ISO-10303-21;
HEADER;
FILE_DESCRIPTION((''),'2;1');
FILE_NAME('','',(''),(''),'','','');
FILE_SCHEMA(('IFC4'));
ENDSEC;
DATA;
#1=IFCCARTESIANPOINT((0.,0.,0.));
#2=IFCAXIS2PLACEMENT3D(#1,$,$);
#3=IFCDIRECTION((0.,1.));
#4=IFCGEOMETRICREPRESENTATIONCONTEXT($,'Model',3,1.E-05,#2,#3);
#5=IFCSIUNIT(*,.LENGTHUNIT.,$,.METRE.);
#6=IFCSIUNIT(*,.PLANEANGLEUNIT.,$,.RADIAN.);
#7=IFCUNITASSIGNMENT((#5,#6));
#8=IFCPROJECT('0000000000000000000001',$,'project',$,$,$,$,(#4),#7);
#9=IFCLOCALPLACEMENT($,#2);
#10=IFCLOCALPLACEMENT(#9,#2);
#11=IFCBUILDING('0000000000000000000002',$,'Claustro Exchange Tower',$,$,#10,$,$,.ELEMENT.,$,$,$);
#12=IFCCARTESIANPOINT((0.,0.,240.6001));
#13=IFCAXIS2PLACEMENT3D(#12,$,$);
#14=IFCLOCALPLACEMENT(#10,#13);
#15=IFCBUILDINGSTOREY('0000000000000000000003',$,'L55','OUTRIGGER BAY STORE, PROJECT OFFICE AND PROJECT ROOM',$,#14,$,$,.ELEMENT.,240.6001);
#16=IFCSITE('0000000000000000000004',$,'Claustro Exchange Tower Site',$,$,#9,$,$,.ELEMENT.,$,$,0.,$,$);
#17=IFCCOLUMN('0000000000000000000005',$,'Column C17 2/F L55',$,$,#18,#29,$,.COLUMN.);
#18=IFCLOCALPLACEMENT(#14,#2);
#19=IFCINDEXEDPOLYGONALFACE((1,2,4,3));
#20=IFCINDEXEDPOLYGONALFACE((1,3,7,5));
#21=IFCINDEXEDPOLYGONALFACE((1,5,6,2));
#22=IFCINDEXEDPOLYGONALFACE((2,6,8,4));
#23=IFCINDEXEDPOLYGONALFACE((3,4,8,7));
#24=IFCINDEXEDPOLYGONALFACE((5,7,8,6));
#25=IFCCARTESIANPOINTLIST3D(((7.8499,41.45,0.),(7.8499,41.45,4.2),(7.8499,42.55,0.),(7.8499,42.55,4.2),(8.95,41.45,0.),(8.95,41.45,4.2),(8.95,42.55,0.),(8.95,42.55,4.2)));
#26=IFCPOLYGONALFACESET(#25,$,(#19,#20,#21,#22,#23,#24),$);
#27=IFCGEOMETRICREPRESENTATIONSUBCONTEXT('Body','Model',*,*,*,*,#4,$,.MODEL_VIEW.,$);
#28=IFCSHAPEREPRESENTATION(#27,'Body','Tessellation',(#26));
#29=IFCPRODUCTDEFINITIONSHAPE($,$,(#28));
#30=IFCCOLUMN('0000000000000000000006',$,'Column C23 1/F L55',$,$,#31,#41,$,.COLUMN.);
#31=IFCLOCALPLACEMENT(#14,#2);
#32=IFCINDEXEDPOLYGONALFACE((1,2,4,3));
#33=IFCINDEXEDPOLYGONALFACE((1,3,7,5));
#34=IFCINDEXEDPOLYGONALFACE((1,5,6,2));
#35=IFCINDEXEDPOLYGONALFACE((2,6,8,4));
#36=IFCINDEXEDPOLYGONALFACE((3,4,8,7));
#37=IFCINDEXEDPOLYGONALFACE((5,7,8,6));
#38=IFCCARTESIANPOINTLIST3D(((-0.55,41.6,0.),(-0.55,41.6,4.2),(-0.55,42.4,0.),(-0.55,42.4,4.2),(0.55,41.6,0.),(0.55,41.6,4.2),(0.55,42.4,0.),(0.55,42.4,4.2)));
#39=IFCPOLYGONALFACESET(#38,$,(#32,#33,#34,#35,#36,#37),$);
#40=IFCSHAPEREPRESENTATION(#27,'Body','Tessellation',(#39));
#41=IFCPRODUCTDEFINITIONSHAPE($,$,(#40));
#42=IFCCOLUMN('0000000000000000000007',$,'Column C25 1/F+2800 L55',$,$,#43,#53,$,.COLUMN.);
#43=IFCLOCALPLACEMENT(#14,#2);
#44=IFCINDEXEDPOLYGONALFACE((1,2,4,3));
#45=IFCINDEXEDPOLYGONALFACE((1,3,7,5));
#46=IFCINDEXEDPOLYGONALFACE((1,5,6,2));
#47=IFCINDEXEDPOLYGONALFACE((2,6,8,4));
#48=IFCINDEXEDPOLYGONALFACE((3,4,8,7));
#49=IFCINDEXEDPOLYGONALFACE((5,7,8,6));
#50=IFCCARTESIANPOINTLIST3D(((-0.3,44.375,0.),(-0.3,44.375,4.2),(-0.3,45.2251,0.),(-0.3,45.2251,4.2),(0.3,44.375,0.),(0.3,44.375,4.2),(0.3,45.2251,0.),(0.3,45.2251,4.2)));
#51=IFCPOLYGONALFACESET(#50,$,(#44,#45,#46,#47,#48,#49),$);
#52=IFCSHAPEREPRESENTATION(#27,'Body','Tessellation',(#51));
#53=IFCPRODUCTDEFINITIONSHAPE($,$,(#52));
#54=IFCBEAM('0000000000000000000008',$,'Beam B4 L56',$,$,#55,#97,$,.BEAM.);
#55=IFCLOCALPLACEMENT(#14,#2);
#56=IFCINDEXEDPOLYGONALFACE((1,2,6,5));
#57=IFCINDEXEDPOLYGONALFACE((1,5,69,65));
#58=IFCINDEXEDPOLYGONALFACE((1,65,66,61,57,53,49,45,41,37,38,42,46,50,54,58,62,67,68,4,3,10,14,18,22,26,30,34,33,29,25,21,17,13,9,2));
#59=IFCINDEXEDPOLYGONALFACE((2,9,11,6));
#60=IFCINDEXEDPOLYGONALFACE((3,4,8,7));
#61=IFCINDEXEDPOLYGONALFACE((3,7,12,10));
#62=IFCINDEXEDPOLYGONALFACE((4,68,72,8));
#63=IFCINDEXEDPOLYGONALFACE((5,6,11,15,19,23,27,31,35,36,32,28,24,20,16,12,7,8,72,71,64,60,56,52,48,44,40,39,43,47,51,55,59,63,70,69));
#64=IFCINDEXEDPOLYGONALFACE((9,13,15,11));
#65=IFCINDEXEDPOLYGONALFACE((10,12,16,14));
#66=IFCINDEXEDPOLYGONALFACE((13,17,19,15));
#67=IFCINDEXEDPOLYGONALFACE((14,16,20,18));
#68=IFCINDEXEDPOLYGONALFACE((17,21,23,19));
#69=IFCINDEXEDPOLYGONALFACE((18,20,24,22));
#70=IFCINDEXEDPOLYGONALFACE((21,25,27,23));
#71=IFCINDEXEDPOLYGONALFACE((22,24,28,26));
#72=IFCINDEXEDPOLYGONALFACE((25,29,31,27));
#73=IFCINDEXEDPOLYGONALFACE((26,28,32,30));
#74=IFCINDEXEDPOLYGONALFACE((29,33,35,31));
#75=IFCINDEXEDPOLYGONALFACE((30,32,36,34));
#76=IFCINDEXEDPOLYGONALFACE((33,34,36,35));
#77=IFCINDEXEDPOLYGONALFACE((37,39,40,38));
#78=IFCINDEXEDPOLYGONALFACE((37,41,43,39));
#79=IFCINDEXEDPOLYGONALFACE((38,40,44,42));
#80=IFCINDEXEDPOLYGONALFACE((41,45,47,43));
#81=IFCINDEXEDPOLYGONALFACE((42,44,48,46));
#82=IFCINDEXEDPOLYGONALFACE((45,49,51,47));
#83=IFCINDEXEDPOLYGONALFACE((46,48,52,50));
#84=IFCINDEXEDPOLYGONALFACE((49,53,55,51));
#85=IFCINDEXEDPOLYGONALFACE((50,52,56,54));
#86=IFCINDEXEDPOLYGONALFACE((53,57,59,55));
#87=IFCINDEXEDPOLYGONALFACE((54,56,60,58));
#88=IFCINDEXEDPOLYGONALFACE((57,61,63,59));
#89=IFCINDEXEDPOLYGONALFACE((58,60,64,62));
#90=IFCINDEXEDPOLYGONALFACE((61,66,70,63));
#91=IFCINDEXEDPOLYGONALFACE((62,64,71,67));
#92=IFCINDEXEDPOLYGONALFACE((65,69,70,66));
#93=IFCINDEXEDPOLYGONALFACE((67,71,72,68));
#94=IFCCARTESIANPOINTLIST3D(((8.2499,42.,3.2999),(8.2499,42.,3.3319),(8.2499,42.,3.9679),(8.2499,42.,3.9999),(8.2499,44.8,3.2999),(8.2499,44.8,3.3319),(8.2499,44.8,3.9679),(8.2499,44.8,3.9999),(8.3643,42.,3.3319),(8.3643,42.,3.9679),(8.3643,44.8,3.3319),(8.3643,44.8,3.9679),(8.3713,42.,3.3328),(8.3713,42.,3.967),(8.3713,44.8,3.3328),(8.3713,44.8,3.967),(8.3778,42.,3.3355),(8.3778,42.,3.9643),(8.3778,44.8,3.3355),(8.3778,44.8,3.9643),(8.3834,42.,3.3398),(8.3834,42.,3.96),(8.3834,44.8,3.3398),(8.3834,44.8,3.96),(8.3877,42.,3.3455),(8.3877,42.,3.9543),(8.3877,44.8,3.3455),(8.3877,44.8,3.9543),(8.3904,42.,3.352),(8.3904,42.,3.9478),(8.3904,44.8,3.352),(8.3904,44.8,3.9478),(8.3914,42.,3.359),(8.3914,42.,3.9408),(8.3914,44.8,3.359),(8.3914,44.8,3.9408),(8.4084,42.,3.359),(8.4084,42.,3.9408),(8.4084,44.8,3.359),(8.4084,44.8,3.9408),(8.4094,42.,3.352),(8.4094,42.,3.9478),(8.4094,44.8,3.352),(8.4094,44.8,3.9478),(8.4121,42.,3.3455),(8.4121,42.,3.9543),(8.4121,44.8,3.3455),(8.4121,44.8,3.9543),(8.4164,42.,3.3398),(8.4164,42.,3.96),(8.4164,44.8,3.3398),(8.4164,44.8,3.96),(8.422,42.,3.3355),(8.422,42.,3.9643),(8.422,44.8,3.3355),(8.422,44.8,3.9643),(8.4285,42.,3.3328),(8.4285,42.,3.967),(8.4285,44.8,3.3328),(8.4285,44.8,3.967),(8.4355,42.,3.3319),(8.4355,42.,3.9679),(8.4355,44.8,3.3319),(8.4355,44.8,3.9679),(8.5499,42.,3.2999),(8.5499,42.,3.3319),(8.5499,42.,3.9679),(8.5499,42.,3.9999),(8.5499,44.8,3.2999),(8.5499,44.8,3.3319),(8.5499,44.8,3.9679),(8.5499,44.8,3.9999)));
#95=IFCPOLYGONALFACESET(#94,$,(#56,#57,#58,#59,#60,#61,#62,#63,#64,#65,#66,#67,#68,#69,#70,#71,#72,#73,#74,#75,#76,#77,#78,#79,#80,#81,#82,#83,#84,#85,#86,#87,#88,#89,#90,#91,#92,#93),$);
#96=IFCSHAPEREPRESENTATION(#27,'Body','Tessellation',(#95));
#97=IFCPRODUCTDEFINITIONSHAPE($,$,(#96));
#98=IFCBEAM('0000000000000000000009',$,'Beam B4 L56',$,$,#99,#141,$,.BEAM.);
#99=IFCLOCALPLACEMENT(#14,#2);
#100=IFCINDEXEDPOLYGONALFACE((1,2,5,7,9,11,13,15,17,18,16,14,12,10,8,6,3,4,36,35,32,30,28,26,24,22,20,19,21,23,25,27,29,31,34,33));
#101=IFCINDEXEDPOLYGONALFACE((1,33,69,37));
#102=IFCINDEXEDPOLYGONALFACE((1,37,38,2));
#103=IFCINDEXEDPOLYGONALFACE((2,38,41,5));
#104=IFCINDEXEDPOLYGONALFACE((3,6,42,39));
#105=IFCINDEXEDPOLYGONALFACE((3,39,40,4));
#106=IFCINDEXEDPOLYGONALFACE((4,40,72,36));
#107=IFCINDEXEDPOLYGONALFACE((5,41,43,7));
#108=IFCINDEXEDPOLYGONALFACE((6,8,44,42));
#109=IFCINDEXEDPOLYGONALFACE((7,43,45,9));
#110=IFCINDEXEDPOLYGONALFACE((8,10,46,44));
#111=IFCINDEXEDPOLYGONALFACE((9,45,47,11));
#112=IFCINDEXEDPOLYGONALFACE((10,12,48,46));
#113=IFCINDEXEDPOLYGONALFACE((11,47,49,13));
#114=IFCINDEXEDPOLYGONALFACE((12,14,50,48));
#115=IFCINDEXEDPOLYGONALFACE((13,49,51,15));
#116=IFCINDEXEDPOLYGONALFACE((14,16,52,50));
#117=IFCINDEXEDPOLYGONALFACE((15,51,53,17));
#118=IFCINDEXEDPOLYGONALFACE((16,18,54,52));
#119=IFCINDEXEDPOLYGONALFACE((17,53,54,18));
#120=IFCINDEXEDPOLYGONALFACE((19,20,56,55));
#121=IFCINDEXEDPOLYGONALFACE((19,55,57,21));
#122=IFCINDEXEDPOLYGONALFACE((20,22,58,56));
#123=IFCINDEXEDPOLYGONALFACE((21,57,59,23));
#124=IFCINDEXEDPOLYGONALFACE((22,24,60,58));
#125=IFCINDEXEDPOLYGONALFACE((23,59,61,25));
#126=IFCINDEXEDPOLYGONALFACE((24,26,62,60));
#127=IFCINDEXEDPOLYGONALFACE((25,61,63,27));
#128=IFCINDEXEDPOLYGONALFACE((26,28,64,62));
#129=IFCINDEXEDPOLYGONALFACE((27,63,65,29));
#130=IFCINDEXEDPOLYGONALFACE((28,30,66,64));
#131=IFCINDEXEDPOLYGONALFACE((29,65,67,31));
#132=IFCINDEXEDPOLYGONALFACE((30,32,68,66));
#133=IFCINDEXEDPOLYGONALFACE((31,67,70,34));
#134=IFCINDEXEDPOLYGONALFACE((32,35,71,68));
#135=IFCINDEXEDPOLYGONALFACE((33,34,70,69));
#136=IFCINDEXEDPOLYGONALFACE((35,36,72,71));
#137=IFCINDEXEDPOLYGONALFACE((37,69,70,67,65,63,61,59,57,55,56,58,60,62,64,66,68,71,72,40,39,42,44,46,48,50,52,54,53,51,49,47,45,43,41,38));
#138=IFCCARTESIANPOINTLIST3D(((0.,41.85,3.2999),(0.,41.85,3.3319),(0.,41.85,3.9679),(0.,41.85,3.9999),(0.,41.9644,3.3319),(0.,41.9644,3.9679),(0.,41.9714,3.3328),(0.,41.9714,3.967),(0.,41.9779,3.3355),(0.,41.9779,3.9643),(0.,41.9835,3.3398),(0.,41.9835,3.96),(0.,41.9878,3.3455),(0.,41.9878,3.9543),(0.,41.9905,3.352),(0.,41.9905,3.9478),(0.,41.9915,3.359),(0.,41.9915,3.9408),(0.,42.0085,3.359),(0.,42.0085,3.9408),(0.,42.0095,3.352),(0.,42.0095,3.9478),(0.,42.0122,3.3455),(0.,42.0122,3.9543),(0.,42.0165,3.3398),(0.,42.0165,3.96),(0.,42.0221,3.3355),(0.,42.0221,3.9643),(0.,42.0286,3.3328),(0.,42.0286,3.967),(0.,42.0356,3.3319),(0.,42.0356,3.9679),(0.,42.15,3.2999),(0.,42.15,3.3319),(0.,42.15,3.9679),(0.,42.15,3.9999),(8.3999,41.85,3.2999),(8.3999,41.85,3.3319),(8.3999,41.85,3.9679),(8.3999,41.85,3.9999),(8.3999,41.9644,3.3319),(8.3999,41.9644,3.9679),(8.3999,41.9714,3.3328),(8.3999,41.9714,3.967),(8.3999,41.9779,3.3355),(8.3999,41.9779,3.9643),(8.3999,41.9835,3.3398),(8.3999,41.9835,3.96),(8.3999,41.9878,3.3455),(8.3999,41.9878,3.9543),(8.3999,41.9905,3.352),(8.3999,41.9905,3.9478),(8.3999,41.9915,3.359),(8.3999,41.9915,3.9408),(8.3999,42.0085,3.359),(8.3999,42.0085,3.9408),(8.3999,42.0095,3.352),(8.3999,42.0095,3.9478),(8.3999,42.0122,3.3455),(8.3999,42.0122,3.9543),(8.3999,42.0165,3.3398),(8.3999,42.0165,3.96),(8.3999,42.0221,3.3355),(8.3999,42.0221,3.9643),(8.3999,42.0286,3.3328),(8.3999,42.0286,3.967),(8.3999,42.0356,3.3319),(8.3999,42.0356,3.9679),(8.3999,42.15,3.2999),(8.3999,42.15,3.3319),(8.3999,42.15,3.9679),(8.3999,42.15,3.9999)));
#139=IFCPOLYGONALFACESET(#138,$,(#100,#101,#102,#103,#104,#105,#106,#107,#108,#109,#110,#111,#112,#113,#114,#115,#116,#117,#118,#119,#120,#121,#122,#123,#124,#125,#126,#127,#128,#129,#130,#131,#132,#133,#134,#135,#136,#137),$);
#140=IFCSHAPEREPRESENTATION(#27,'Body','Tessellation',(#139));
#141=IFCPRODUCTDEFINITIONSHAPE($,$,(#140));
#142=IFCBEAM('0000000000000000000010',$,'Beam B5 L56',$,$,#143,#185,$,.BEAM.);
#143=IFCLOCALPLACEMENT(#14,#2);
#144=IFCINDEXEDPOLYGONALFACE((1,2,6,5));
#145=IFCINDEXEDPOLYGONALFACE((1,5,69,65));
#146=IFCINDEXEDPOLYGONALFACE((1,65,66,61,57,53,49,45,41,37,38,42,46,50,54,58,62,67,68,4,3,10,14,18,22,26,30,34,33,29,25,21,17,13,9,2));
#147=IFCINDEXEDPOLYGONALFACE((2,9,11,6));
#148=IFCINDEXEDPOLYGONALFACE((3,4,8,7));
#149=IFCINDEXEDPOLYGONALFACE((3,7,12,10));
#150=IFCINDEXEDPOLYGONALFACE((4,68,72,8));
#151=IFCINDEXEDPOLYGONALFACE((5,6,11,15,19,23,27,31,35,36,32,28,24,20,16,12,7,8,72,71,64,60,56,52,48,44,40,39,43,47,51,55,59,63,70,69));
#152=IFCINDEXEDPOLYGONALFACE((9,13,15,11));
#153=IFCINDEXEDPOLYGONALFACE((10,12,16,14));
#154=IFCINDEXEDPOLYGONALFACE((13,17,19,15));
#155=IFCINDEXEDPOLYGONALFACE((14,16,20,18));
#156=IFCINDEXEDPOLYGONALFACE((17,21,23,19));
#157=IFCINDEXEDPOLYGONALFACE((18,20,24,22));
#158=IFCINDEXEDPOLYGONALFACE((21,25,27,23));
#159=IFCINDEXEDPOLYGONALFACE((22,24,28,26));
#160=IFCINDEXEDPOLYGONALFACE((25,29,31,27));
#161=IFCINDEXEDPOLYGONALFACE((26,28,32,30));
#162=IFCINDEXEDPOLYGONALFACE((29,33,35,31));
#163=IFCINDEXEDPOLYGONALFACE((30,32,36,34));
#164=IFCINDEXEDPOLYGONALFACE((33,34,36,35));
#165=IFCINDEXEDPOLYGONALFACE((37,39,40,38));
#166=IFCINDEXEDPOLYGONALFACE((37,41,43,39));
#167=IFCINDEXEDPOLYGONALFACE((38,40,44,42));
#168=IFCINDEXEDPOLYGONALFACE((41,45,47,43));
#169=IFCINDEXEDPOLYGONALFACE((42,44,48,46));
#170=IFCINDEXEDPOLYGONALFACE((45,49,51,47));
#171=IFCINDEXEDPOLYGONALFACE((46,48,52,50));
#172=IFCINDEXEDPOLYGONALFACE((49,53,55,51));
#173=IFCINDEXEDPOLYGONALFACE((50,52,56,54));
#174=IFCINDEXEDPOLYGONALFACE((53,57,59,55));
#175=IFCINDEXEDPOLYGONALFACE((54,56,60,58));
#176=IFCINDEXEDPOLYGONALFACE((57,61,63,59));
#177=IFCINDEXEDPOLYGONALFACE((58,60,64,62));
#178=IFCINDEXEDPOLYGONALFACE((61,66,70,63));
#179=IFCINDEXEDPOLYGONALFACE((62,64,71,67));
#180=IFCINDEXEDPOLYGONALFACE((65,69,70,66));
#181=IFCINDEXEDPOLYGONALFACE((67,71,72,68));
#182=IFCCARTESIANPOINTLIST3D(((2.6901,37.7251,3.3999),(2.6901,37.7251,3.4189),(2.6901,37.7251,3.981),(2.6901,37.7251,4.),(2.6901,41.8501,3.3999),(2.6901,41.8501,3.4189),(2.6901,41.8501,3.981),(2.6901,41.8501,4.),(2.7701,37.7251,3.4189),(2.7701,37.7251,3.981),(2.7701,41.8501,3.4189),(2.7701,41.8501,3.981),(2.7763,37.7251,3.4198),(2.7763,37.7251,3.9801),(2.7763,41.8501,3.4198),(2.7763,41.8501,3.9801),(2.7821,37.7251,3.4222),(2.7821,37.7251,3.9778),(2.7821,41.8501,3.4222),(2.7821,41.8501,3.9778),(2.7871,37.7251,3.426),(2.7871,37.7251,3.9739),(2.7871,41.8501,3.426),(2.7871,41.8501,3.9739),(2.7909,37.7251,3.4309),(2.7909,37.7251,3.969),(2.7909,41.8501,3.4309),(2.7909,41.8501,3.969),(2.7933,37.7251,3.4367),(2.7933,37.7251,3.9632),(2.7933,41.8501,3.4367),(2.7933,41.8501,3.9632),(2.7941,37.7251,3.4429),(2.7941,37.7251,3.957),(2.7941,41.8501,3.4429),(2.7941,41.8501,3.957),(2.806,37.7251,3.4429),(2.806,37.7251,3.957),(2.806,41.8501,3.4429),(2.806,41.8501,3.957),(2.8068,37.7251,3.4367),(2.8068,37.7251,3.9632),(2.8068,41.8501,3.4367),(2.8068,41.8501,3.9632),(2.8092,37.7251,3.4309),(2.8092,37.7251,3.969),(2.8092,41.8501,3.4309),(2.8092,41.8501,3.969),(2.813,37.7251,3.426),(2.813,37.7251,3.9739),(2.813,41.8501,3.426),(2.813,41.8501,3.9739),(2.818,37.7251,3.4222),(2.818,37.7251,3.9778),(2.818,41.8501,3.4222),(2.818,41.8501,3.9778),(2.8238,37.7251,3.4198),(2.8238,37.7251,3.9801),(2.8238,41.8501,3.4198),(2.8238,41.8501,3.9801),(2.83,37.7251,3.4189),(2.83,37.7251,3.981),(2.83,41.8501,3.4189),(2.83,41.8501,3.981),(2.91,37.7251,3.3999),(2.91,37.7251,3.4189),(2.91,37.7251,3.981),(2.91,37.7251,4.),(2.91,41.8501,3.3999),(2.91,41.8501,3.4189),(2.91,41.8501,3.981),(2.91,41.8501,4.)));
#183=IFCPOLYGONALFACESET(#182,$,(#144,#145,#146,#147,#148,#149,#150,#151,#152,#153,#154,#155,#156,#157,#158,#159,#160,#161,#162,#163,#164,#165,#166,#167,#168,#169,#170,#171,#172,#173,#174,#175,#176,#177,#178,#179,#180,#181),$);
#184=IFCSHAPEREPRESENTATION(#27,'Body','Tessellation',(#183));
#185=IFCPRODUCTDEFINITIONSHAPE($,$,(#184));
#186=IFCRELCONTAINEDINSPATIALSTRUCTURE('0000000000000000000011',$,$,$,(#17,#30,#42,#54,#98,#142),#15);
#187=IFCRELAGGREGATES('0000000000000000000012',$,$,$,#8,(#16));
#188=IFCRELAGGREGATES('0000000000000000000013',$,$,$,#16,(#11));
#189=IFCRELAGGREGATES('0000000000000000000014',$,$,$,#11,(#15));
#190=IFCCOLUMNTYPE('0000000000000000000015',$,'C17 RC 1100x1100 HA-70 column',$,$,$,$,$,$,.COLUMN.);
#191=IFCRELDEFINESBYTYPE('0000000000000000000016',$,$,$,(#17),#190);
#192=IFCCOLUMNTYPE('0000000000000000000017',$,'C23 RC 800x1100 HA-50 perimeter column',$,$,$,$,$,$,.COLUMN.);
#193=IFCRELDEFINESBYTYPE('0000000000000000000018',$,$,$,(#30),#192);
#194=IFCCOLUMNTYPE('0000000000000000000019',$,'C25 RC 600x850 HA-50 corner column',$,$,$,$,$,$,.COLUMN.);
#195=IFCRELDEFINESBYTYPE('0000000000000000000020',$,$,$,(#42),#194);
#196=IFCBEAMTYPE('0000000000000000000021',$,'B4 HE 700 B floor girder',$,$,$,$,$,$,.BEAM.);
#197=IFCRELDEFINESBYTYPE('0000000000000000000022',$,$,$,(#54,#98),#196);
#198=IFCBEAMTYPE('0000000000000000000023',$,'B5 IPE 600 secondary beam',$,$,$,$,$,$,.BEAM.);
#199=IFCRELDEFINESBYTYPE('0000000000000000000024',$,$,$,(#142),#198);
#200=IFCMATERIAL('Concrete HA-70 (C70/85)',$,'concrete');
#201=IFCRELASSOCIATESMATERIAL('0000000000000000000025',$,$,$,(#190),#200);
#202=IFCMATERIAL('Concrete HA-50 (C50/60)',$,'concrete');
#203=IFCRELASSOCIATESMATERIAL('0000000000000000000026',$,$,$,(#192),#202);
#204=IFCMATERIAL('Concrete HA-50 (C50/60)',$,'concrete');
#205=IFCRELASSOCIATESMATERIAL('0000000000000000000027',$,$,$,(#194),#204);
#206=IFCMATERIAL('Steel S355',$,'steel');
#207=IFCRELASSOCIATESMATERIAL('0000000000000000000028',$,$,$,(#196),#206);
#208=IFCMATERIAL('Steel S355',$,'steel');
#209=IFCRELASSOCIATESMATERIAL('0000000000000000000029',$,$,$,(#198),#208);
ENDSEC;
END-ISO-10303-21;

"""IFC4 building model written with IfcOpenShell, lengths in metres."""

from ifc_helpers import new_model, si_unit, direction, frame, origin, origin_2d, place, context, subcontext, project, spatial, rectangle, i_section, extrude, material, material_profile, profile_set, type_object, element, save


model = new_model("IFC4")

# Units and contexts
model_context = context("Model", 3, precision=1e-05, world=origin(), true_north=direction((0.0, 1.0)))
body_context = subcontext(model_context, "Body", "Model", "MODEL_VIEW")
ifc_project = project(units=[si_unit("LENGTHUNIT", "METRE"), si_unit("PLANEANGLEUNIT", "RADIAN")], contexts=[model_context])

# Site, building, storey
site_placement = place(None, origin())
site = spatial("IfcSite", under=ifc_project, at=site_placement, Name="Claustro Exchange Tower Site", CompositionType="ELEMENT", RefElevation=0.0)
building_placement = place(site_placement, origin())
building = spatial("IfcBuilding", under=site, at=building_placement, Name="Claustro Exchange Tower", CompositionType="ELEMENT")
storey_placement = place(building_placement, frame((0.0, 0.0, 240.6001)))
storey = spatial("IfcBuildingStorey", under=building, at=storey_placement, Name="L55", Description="OUTRIGGER BAY STORE, PROJECT OFFICE AND PROJECT ROOM", CompositionType="ELEMENT", Elevation=240.6001)

# Columns
ifc_material_1 = material(Name="Concrete HA-70 (C70/85)", Category="concrete")
ifc_material_profile_1 = material_profile(ifc_material_1, rectangle(XDim=1.1001, YDim=1.1001, at=origin_2d()), Name="RC 1100x1100")
ifc_profile_set_1 = profile_set([ifc_material_profile_1], Name="Concrete HA-70 (C70/85)")
column_type_1 = type_object("IfcColumnType", Name="C17 RC 1100x1100 HA-70 column", PredefinedType="COLUMN", material=ifc_profile_set_1)
column_1_placement = place(storey_placement, frame((8.3999, 42.0, 0.0), z_axis=(0.0, 0.0, 1.0), x_axis=(1.0, 0.0, 0.0)))
element("IfcColumn", 1, at=column_1_placement, inside=storey, type_object=column_type_1, Name="Column C17 2/F L55", PredefinedType="COLUMN", context=body_context, shape_type="SweptSolid", body=[
    extrude(rectangle(XDim=1.1001, YDim=1.1001, at=origin_2d()), origin(), (0.0, 0.0, 1.0), 4.2),
])
ifc_material_2 = material(Name="Concrete HA-50 (C50/60)", Category="concrete")
ifc_material_profile_2 = material_profile(ifc_material_2, rectangle(XDim=0.8, YDim=1.1001, at=origin_2d()), Name="RC 800x1100")
ifc_profile_set_2 = profile_set([ifc_material_profile_2], Name="Concrete HA-50 (C50/60)")
column_type_2 = type_object("IfcColumnType", Name="C23 RC 800x1100 HA-50 perimeter column", PredefinedType="COLUMN", material=ifc_profile_set_2)
column_2_placement = place(storey_placement, frame((0.0, 42.0, 0.0), z_axis=(0.0, 0.0, 1.0), x_axis=(0.0, 1.0, 0.0)))
element("IfcColumn", 2, at=column_2_placement, inside=storey, type_object=column_type_2, Name="Column C23 1/F L55", PredefinedType="COLUMN", context=body_context, shape_type="SweptSolid", body=[
    extrude(rectangle(XDim=0.8, YDim=1.1001, at=origin_2d()), origin(), (0.0, 0.0, 1.0), 4.2),
])
ifc_material_3 = material(Name="Concrete HA-50 (C50/60)", Category="concrete")
ifc_material_profile_3 = material_profile(ifc_material_3, rectangle(XDim=0.6001, YDim=0.8501, at=origin_2d()), Name="RC 600x850")
ifc_profile_set_3 = profile_set([ifc_material_profile_3], Name="Concrete HA-50 (C50/60)")
column_type_3 = type_object("IfcColumnType", Name="C25 RC 600x850 HA-50 corner column", PredefinedType="COLUMN", material=ifc_profile_set_3)
column_3_placement = place(storey_placement, frame((0.0, 44.8, 0.0), z_axis=(0.0, 0.0, 1.0), x_axis=(1.0, 0.0, 0.0)))
element("IfcColumn", 3, at=column_3_placement, inside=storey, type_object=column_type_3, Name="Column C25 1/F+2800 L55", PredefinedType="COLUMN", context=body_context, shape_type="SweptSolid", body=[
    extrude(rectangle(XDim=0.6001, YDim=0.8501, at=origin_2d()), origin(), (0.0, 0.0, 1.0), 4.2),
])

# Beams
ifc_material_4 = material(Name="Steel S355", Category="steel")
ifc_material_profile_4 = material_profile(ifc_material_4, i_section(OverallWidth=0.3, OverallDepth=0.7, WebThickness=0.0171, FlangeThickness=0.032, FilletRadius=0.0271, at=origin_2d()), Name="HE 700 B")
ifc_profile_set_4 = profile_set([ifc_material_profile_4], Name="Steel S355")
beam_type_1 = type_object("IfcBeamType", Name="B4 HE 700 B floor girder", PredefinedType="BEAM", material=ifc_profile_set_4)
beam_1_placement = place(storey_placement, frame((8.3999, 42.0, 3.6499), z_axis=(0.0, 1.0, 0.0), x_axis=(-1.0, 0.0, 0.0)))
element("IfcBeam", 4, at=beam_1_placement, inside=storey, type_object=beam_type_1, Name="Beam B4 L56", PredefinedType="BEAM", context=body_context, shape_type="SweptSolid", body=[
    extrude(i_section(OverallWidth=0.3, OverallDepth=0.7, WebThickness=0.0171, FlangeThickness=0.032, FilletRadius=0.0271, at=origin_2d()), origin(), (0.0, 0.0, 1.0), 2.8),
])
beam_2_placement = place(storey_placement, frame((0.0, 42.0, 3.6499), z_axis=(1.0, 0.0, 0.0), x_axis=(0.0, 1.0, 0.0)))
element("IfcBeam", 5, at=beam_2_placement, inside=storey, type_object=beam_type_1, Name="Beam B4 L56", PredefinedType="BEAM", context=body_context, shape_type="SweptSolid", body=[
    extrude(i_section(OverallWidth=0.3, OverallDepth=0.7, WebThickness=0.0171, FlangeThickness=0.032, FilletRadius=0.0271, at=origin_2d()), origin(), (0.0, 0.0, 1.0), 8.3999),
])
ifc_material_5 = material(Name="Steel S355", Category="steel")
ifc_material_profile_5 = material_profile(ifc_material_5, i_section(OverallWidth=0.22, OverallDepth=0.6001, WebThickness=0.012, FlangeThickness=0.019, FilletRadius=0.0239, at=origin_2d()), Name="IPE 600")
ifc_profile_set_5 = profile_set([ifc_material_profile_5], Name="Steel S355")
beam_type_2 = type_object("IfcBeamType", Name="B5 IPE 600 secondary beam", PredefinedType="BEAM", material=ifc_profile_set_5)
for number, where, z_axis, x_axis, name in (
    (6, (2.8, 37.7251, 3.7), (0.0, 1.0, 0.0), (-1.0, 0.0, 0.0), "Beam B5 L56"),
):
    element("IfcBeam", number, at=place(storey_placement, frame(where, z_axis=z_axis, x_axis=x_axis)), inside=storey, type_object=beam_type_2, Name=name, PredefinedType="BEAM", context=body_context, shape_type="SweptSolid", body=[
        extrude(i_section(OverallWidth=0.22, OverallDepth=0.6001, WebThickness=0.012, FlangeThickness=0.019, FilletRadius=0.0239, at=origin_2d()), origin(), (0.0, 0.0, 1.0), 4.125),
    ])

save(model, "model.ifc")
